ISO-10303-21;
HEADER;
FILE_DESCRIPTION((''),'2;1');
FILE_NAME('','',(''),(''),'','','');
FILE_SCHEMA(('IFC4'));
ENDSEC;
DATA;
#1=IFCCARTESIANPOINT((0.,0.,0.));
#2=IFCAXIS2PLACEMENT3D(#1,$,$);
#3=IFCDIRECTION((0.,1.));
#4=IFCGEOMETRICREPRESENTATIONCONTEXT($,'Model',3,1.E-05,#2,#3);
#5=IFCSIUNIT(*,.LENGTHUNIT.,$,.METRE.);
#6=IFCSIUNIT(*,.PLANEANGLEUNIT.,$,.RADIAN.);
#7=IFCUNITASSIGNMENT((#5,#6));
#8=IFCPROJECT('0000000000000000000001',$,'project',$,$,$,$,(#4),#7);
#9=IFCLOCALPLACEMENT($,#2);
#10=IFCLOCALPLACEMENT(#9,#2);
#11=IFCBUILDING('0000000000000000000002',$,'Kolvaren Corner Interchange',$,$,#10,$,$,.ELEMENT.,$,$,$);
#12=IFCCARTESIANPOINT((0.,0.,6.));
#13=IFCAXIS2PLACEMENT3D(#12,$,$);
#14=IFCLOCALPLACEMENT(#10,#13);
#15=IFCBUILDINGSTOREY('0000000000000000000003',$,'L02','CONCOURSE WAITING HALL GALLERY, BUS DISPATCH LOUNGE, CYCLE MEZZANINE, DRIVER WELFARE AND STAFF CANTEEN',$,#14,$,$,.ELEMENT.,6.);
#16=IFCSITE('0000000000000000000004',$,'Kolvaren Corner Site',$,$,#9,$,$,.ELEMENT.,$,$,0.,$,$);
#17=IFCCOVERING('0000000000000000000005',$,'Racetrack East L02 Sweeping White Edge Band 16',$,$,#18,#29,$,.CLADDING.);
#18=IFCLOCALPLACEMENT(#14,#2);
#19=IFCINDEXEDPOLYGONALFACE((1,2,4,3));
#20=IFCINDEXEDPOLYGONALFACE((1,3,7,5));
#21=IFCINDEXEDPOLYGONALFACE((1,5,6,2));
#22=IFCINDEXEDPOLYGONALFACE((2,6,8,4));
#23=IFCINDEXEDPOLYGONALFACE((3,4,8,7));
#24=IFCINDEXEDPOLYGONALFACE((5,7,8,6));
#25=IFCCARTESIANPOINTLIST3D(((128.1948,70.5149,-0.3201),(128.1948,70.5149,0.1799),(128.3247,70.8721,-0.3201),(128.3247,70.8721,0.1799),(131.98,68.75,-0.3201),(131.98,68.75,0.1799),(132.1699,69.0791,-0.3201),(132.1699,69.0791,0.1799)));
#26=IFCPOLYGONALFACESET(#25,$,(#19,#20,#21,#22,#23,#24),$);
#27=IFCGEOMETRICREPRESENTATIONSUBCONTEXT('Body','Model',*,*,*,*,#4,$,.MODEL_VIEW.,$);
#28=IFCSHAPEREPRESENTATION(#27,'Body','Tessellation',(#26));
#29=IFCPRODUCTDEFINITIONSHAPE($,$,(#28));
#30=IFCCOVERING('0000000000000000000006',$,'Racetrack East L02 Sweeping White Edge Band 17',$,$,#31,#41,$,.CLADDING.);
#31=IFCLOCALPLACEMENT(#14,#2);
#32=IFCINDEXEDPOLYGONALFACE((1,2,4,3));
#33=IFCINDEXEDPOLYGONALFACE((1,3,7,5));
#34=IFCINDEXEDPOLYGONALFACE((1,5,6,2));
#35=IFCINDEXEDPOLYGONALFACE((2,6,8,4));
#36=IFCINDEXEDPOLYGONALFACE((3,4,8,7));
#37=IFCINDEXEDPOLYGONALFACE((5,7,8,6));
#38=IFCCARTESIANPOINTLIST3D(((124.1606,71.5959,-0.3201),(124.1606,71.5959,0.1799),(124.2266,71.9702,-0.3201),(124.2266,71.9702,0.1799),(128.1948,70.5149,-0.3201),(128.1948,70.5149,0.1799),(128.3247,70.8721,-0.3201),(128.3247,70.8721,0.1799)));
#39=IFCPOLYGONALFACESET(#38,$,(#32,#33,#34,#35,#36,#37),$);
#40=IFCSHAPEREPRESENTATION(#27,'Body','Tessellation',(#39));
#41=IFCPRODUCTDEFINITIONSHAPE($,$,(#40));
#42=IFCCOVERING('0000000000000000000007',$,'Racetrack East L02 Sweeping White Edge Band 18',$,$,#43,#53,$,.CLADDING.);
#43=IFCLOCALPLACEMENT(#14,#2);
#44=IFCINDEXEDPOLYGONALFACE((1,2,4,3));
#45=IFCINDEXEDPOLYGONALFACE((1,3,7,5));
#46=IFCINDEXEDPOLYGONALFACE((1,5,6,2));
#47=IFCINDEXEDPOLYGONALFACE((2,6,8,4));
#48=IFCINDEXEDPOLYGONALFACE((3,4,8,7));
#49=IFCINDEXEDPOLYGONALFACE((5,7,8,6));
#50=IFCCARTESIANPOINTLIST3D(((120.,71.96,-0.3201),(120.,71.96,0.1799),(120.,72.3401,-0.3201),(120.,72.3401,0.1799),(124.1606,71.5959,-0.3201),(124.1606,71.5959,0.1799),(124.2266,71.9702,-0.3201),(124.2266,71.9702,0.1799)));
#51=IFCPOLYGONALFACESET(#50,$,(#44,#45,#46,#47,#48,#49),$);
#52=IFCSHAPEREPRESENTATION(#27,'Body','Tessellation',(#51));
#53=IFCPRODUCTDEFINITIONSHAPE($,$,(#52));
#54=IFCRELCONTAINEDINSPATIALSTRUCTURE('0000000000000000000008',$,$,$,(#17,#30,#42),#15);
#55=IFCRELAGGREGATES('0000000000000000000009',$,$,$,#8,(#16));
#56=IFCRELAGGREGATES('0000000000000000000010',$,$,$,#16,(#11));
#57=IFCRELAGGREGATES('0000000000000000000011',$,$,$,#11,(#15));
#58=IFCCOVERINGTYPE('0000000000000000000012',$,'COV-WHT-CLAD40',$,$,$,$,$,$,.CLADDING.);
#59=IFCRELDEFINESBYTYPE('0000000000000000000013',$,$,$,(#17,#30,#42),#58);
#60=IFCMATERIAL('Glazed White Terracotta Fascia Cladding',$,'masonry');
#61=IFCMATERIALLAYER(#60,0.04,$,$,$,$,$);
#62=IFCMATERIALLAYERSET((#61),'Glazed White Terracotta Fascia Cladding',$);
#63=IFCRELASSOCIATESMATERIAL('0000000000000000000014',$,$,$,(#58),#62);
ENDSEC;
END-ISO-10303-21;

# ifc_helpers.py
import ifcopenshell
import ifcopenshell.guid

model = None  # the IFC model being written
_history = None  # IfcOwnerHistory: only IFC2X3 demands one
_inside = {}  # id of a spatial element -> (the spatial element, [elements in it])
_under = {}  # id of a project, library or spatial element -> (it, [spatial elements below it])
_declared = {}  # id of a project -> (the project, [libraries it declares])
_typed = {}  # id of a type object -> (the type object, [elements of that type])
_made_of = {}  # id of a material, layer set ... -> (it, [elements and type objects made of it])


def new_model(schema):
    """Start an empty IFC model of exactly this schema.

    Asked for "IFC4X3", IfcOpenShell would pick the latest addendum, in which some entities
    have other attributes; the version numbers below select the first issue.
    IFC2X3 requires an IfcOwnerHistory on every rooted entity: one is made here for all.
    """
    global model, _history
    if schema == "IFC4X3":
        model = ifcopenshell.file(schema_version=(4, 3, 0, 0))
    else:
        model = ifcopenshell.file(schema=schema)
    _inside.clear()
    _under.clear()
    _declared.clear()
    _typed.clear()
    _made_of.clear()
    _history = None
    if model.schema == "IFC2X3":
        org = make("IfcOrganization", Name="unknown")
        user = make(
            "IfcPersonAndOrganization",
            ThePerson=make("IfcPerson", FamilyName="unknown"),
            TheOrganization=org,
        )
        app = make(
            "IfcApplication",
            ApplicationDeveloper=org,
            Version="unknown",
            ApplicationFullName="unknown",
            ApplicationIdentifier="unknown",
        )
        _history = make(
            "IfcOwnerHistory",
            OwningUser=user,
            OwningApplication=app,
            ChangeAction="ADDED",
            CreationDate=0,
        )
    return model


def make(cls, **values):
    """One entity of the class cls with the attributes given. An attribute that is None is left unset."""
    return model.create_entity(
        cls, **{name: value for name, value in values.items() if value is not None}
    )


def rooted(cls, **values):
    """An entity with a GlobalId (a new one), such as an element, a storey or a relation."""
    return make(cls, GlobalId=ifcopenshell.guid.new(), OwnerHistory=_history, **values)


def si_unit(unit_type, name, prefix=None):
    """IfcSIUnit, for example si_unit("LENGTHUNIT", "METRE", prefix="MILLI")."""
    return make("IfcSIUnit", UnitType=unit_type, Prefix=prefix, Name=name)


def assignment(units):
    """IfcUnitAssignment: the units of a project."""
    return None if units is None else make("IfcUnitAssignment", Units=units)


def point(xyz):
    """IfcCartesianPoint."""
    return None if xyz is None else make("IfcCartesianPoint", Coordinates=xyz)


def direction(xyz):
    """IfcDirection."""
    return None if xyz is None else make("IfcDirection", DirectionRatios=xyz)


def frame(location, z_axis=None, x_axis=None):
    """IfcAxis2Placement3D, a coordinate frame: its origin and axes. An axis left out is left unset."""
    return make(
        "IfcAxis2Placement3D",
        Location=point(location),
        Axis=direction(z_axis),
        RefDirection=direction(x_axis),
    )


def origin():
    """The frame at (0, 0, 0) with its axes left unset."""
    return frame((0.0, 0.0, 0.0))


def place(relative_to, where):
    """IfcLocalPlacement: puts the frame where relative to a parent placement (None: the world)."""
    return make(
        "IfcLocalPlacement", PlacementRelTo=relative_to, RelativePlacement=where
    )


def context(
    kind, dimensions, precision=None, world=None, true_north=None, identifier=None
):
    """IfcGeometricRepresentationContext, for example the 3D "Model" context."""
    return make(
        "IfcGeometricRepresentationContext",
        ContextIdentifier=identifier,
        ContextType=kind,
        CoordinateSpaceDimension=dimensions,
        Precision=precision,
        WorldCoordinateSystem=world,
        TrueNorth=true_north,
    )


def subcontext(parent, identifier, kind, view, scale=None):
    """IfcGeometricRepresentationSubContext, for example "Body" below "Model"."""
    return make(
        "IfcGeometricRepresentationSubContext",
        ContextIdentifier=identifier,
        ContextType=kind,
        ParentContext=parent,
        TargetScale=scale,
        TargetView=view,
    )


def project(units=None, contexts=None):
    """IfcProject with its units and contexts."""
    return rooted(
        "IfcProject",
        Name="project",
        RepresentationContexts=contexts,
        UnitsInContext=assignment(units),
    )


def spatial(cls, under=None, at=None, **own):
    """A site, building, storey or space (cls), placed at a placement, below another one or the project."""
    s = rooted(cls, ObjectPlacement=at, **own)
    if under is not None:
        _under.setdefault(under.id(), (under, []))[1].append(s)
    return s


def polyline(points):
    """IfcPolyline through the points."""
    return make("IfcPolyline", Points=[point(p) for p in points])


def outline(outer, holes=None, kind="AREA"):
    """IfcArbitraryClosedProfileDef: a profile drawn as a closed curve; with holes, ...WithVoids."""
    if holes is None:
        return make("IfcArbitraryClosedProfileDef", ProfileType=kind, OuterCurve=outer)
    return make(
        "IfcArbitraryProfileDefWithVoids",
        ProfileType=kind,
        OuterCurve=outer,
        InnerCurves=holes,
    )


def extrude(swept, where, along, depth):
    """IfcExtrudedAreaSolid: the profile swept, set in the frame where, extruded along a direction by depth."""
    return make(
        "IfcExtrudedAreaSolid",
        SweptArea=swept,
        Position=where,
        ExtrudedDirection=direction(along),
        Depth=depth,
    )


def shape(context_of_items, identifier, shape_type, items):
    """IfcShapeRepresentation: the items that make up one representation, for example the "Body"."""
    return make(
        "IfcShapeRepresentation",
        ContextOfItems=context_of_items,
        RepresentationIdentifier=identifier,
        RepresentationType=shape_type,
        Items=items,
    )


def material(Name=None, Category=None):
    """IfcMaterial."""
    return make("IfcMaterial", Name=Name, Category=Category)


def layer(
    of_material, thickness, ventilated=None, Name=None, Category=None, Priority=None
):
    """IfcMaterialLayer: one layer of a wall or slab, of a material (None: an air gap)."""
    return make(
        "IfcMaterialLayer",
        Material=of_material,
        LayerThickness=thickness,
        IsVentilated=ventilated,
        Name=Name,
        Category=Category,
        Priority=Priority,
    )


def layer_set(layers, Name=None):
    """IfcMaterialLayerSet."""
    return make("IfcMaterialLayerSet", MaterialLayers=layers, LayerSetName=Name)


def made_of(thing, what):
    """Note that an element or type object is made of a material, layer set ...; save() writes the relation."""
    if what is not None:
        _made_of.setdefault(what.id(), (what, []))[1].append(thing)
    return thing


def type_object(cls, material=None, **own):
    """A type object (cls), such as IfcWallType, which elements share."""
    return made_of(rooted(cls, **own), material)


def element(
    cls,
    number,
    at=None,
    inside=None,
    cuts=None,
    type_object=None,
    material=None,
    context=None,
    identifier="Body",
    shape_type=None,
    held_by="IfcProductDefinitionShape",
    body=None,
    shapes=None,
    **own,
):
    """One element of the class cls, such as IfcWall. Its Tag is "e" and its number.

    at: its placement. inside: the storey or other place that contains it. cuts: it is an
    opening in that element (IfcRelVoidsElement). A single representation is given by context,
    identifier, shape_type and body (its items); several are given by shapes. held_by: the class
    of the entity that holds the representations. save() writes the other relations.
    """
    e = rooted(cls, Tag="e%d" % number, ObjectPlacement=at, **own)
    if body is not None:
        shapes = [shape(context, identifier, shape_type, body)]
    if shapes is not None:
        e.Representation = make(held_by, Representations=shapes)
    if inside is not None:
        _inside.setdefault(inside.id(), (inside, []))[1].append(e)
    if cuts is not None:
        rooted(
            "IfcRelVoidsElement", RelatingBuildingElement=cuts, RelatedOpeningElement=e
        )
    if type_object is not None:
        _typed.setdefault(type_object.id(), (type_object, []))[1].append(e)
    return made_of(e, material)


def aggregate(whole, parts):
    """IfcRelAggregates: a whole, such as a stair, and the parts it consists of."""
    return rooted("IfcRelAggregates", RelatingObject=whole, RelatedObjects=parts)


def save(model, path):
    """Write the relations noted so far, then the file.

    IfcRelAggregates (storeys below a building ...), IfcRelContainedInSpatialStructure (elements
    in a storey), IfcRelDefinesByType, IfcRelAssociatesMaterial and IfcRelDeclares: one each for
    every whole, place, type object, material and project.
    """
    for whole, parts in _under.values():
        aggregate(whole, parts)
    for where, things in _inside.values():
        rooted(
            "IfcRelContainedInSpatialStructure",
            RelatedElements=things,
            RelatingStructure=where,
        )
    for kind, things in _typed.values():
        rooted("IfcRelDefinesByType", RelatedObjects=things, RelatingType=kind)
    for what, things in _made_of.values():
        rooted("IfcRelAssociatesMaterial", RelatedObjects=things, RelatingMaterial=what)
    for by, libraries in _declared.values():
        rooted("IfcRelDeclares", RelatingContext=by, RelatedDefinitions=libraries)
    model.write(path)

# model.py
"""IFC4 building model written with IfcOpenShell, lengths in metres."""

from ifc_helpers import new_model, si_unit, direction, frame, origin, place, context, subcontext, project, spatial, polyline, outline, extrude, material, layer, layer_set, type_object, element, save


model = new_model("IFC4")

# Units and contexts
model_context = context("Model", 3, precision=1e-05, world=origin(), true_north=direction((0.0, 1.0)))
body_context = subcontext(model_context, "Body", "Model", "MODEL_VIEW")
ifc_project = project(units=[si_unit("LENGTHUNIT", "METRE"), si_unit("PLANEANGLEUNIT", "RADIAN")], contexts=[model_context])

# Site, building, storey
site_placement = place(None, origin())
site = spatial("IfcSite", under=ifc_project, at=site_placement, Name="Kolvaren Corner Site", CompositionType="ELEMENT", RefElevation=0.0)
building_placement = place(site_placement, origin())
building = spatial("IfcBuilding", under=site, at=building_placement, Name="Kolvaren Corner Interchange", CompositionType="ELEMENT")
storey_placement = place(building_placement, frame((0.0, 0.0, 6.0)))
storey = spatial("IfcBuildingStorey", under=building, at=storey_placement, Name="L02", Description="CONCOURSE WAITING HALL GALLERY, BUS DISPATCH LOUNGE, CYCLE MEZZANINE, DRIVER WELFARE AND STAFF CANTEEN", CompositionType="ELEMENT", Elevation=6.0)

# Coverings
ifc_material_1 = material(Name="Glazed White Terracotta Fascia Cladding", Category="masonry")
ifc_layer_1 = layer(ifc_material_1, 0.04)
ifc_layer_set_1 = layer_set([ifc_layer_1], Name="Glazed White Terracotta Fascia Cladding")
covering_type = type_object("IfcCoveringType", Name="COV-WHT-CLAD40", PredefinedType="CLADDING", material=ifc_layer_set_1)
covering_1_placement = place(storey_placement, frame((0.0, 0.0, -0.3201)))
element("IfcCovering", 1, at=covering_1_placement, inside=storey, type_object=covering_type, Name="Racetrack East L02 Sweeping White Edge Band 16", PredefinedType="CLADDING", context=body_context, shape_type="SweptSolid", body=[
    extrude(outline(polyline([(131.98, 68.75), (132.1699, 69.0791), (128.3247, 70.8721), (128.1948, 70.5149), (131.98, 68.75)])), origin(), (0.0, 0.0, 1.0), 0.5),
])
covering_2_placement = place(storey_placement, frame((0.0, 0.0, -0.3201)))
element("IfcCovering", 2, at=covering_2_placement, inside=storey, type_object=covering_type, Name="Racetrack East L02 Sweeping White Edge Band 17", PredefinedType="CLADDING", context=body_context, shape_type="SweptSolid", body=[
    extrude(outline(polyline([(128.1948, 70.5149), (128.3247, 70.8721), (124.2266, 71.9702), (124.1606, 71.5959), (128.1948, 70.5149)])), origin(), (0.0, 0.0, 1.0), 0.5),
])
covering_3_placement = place(storey_placement, frame((0.0, 0.0, -0.3201)))
element("IfcCovering", 3, at=covering_3_placement, inside=storey, type_object=covering_type, Name="Racetrack East L02 Sweeping White Edge Band 18", PredefinedType="CLADDING", context=body_context, shape_type="SweptSolid", body=[
    extrude(outline(polyline([(124.1606, 71.5959), (124.2266, 71.9702), (120.0, 72.3401), (120.0, 71.96), (124.1606, 71.5959)])), origin(), (0.0, 0.0, 1.0), 0.5),
])

save(model, "model.ifc")
